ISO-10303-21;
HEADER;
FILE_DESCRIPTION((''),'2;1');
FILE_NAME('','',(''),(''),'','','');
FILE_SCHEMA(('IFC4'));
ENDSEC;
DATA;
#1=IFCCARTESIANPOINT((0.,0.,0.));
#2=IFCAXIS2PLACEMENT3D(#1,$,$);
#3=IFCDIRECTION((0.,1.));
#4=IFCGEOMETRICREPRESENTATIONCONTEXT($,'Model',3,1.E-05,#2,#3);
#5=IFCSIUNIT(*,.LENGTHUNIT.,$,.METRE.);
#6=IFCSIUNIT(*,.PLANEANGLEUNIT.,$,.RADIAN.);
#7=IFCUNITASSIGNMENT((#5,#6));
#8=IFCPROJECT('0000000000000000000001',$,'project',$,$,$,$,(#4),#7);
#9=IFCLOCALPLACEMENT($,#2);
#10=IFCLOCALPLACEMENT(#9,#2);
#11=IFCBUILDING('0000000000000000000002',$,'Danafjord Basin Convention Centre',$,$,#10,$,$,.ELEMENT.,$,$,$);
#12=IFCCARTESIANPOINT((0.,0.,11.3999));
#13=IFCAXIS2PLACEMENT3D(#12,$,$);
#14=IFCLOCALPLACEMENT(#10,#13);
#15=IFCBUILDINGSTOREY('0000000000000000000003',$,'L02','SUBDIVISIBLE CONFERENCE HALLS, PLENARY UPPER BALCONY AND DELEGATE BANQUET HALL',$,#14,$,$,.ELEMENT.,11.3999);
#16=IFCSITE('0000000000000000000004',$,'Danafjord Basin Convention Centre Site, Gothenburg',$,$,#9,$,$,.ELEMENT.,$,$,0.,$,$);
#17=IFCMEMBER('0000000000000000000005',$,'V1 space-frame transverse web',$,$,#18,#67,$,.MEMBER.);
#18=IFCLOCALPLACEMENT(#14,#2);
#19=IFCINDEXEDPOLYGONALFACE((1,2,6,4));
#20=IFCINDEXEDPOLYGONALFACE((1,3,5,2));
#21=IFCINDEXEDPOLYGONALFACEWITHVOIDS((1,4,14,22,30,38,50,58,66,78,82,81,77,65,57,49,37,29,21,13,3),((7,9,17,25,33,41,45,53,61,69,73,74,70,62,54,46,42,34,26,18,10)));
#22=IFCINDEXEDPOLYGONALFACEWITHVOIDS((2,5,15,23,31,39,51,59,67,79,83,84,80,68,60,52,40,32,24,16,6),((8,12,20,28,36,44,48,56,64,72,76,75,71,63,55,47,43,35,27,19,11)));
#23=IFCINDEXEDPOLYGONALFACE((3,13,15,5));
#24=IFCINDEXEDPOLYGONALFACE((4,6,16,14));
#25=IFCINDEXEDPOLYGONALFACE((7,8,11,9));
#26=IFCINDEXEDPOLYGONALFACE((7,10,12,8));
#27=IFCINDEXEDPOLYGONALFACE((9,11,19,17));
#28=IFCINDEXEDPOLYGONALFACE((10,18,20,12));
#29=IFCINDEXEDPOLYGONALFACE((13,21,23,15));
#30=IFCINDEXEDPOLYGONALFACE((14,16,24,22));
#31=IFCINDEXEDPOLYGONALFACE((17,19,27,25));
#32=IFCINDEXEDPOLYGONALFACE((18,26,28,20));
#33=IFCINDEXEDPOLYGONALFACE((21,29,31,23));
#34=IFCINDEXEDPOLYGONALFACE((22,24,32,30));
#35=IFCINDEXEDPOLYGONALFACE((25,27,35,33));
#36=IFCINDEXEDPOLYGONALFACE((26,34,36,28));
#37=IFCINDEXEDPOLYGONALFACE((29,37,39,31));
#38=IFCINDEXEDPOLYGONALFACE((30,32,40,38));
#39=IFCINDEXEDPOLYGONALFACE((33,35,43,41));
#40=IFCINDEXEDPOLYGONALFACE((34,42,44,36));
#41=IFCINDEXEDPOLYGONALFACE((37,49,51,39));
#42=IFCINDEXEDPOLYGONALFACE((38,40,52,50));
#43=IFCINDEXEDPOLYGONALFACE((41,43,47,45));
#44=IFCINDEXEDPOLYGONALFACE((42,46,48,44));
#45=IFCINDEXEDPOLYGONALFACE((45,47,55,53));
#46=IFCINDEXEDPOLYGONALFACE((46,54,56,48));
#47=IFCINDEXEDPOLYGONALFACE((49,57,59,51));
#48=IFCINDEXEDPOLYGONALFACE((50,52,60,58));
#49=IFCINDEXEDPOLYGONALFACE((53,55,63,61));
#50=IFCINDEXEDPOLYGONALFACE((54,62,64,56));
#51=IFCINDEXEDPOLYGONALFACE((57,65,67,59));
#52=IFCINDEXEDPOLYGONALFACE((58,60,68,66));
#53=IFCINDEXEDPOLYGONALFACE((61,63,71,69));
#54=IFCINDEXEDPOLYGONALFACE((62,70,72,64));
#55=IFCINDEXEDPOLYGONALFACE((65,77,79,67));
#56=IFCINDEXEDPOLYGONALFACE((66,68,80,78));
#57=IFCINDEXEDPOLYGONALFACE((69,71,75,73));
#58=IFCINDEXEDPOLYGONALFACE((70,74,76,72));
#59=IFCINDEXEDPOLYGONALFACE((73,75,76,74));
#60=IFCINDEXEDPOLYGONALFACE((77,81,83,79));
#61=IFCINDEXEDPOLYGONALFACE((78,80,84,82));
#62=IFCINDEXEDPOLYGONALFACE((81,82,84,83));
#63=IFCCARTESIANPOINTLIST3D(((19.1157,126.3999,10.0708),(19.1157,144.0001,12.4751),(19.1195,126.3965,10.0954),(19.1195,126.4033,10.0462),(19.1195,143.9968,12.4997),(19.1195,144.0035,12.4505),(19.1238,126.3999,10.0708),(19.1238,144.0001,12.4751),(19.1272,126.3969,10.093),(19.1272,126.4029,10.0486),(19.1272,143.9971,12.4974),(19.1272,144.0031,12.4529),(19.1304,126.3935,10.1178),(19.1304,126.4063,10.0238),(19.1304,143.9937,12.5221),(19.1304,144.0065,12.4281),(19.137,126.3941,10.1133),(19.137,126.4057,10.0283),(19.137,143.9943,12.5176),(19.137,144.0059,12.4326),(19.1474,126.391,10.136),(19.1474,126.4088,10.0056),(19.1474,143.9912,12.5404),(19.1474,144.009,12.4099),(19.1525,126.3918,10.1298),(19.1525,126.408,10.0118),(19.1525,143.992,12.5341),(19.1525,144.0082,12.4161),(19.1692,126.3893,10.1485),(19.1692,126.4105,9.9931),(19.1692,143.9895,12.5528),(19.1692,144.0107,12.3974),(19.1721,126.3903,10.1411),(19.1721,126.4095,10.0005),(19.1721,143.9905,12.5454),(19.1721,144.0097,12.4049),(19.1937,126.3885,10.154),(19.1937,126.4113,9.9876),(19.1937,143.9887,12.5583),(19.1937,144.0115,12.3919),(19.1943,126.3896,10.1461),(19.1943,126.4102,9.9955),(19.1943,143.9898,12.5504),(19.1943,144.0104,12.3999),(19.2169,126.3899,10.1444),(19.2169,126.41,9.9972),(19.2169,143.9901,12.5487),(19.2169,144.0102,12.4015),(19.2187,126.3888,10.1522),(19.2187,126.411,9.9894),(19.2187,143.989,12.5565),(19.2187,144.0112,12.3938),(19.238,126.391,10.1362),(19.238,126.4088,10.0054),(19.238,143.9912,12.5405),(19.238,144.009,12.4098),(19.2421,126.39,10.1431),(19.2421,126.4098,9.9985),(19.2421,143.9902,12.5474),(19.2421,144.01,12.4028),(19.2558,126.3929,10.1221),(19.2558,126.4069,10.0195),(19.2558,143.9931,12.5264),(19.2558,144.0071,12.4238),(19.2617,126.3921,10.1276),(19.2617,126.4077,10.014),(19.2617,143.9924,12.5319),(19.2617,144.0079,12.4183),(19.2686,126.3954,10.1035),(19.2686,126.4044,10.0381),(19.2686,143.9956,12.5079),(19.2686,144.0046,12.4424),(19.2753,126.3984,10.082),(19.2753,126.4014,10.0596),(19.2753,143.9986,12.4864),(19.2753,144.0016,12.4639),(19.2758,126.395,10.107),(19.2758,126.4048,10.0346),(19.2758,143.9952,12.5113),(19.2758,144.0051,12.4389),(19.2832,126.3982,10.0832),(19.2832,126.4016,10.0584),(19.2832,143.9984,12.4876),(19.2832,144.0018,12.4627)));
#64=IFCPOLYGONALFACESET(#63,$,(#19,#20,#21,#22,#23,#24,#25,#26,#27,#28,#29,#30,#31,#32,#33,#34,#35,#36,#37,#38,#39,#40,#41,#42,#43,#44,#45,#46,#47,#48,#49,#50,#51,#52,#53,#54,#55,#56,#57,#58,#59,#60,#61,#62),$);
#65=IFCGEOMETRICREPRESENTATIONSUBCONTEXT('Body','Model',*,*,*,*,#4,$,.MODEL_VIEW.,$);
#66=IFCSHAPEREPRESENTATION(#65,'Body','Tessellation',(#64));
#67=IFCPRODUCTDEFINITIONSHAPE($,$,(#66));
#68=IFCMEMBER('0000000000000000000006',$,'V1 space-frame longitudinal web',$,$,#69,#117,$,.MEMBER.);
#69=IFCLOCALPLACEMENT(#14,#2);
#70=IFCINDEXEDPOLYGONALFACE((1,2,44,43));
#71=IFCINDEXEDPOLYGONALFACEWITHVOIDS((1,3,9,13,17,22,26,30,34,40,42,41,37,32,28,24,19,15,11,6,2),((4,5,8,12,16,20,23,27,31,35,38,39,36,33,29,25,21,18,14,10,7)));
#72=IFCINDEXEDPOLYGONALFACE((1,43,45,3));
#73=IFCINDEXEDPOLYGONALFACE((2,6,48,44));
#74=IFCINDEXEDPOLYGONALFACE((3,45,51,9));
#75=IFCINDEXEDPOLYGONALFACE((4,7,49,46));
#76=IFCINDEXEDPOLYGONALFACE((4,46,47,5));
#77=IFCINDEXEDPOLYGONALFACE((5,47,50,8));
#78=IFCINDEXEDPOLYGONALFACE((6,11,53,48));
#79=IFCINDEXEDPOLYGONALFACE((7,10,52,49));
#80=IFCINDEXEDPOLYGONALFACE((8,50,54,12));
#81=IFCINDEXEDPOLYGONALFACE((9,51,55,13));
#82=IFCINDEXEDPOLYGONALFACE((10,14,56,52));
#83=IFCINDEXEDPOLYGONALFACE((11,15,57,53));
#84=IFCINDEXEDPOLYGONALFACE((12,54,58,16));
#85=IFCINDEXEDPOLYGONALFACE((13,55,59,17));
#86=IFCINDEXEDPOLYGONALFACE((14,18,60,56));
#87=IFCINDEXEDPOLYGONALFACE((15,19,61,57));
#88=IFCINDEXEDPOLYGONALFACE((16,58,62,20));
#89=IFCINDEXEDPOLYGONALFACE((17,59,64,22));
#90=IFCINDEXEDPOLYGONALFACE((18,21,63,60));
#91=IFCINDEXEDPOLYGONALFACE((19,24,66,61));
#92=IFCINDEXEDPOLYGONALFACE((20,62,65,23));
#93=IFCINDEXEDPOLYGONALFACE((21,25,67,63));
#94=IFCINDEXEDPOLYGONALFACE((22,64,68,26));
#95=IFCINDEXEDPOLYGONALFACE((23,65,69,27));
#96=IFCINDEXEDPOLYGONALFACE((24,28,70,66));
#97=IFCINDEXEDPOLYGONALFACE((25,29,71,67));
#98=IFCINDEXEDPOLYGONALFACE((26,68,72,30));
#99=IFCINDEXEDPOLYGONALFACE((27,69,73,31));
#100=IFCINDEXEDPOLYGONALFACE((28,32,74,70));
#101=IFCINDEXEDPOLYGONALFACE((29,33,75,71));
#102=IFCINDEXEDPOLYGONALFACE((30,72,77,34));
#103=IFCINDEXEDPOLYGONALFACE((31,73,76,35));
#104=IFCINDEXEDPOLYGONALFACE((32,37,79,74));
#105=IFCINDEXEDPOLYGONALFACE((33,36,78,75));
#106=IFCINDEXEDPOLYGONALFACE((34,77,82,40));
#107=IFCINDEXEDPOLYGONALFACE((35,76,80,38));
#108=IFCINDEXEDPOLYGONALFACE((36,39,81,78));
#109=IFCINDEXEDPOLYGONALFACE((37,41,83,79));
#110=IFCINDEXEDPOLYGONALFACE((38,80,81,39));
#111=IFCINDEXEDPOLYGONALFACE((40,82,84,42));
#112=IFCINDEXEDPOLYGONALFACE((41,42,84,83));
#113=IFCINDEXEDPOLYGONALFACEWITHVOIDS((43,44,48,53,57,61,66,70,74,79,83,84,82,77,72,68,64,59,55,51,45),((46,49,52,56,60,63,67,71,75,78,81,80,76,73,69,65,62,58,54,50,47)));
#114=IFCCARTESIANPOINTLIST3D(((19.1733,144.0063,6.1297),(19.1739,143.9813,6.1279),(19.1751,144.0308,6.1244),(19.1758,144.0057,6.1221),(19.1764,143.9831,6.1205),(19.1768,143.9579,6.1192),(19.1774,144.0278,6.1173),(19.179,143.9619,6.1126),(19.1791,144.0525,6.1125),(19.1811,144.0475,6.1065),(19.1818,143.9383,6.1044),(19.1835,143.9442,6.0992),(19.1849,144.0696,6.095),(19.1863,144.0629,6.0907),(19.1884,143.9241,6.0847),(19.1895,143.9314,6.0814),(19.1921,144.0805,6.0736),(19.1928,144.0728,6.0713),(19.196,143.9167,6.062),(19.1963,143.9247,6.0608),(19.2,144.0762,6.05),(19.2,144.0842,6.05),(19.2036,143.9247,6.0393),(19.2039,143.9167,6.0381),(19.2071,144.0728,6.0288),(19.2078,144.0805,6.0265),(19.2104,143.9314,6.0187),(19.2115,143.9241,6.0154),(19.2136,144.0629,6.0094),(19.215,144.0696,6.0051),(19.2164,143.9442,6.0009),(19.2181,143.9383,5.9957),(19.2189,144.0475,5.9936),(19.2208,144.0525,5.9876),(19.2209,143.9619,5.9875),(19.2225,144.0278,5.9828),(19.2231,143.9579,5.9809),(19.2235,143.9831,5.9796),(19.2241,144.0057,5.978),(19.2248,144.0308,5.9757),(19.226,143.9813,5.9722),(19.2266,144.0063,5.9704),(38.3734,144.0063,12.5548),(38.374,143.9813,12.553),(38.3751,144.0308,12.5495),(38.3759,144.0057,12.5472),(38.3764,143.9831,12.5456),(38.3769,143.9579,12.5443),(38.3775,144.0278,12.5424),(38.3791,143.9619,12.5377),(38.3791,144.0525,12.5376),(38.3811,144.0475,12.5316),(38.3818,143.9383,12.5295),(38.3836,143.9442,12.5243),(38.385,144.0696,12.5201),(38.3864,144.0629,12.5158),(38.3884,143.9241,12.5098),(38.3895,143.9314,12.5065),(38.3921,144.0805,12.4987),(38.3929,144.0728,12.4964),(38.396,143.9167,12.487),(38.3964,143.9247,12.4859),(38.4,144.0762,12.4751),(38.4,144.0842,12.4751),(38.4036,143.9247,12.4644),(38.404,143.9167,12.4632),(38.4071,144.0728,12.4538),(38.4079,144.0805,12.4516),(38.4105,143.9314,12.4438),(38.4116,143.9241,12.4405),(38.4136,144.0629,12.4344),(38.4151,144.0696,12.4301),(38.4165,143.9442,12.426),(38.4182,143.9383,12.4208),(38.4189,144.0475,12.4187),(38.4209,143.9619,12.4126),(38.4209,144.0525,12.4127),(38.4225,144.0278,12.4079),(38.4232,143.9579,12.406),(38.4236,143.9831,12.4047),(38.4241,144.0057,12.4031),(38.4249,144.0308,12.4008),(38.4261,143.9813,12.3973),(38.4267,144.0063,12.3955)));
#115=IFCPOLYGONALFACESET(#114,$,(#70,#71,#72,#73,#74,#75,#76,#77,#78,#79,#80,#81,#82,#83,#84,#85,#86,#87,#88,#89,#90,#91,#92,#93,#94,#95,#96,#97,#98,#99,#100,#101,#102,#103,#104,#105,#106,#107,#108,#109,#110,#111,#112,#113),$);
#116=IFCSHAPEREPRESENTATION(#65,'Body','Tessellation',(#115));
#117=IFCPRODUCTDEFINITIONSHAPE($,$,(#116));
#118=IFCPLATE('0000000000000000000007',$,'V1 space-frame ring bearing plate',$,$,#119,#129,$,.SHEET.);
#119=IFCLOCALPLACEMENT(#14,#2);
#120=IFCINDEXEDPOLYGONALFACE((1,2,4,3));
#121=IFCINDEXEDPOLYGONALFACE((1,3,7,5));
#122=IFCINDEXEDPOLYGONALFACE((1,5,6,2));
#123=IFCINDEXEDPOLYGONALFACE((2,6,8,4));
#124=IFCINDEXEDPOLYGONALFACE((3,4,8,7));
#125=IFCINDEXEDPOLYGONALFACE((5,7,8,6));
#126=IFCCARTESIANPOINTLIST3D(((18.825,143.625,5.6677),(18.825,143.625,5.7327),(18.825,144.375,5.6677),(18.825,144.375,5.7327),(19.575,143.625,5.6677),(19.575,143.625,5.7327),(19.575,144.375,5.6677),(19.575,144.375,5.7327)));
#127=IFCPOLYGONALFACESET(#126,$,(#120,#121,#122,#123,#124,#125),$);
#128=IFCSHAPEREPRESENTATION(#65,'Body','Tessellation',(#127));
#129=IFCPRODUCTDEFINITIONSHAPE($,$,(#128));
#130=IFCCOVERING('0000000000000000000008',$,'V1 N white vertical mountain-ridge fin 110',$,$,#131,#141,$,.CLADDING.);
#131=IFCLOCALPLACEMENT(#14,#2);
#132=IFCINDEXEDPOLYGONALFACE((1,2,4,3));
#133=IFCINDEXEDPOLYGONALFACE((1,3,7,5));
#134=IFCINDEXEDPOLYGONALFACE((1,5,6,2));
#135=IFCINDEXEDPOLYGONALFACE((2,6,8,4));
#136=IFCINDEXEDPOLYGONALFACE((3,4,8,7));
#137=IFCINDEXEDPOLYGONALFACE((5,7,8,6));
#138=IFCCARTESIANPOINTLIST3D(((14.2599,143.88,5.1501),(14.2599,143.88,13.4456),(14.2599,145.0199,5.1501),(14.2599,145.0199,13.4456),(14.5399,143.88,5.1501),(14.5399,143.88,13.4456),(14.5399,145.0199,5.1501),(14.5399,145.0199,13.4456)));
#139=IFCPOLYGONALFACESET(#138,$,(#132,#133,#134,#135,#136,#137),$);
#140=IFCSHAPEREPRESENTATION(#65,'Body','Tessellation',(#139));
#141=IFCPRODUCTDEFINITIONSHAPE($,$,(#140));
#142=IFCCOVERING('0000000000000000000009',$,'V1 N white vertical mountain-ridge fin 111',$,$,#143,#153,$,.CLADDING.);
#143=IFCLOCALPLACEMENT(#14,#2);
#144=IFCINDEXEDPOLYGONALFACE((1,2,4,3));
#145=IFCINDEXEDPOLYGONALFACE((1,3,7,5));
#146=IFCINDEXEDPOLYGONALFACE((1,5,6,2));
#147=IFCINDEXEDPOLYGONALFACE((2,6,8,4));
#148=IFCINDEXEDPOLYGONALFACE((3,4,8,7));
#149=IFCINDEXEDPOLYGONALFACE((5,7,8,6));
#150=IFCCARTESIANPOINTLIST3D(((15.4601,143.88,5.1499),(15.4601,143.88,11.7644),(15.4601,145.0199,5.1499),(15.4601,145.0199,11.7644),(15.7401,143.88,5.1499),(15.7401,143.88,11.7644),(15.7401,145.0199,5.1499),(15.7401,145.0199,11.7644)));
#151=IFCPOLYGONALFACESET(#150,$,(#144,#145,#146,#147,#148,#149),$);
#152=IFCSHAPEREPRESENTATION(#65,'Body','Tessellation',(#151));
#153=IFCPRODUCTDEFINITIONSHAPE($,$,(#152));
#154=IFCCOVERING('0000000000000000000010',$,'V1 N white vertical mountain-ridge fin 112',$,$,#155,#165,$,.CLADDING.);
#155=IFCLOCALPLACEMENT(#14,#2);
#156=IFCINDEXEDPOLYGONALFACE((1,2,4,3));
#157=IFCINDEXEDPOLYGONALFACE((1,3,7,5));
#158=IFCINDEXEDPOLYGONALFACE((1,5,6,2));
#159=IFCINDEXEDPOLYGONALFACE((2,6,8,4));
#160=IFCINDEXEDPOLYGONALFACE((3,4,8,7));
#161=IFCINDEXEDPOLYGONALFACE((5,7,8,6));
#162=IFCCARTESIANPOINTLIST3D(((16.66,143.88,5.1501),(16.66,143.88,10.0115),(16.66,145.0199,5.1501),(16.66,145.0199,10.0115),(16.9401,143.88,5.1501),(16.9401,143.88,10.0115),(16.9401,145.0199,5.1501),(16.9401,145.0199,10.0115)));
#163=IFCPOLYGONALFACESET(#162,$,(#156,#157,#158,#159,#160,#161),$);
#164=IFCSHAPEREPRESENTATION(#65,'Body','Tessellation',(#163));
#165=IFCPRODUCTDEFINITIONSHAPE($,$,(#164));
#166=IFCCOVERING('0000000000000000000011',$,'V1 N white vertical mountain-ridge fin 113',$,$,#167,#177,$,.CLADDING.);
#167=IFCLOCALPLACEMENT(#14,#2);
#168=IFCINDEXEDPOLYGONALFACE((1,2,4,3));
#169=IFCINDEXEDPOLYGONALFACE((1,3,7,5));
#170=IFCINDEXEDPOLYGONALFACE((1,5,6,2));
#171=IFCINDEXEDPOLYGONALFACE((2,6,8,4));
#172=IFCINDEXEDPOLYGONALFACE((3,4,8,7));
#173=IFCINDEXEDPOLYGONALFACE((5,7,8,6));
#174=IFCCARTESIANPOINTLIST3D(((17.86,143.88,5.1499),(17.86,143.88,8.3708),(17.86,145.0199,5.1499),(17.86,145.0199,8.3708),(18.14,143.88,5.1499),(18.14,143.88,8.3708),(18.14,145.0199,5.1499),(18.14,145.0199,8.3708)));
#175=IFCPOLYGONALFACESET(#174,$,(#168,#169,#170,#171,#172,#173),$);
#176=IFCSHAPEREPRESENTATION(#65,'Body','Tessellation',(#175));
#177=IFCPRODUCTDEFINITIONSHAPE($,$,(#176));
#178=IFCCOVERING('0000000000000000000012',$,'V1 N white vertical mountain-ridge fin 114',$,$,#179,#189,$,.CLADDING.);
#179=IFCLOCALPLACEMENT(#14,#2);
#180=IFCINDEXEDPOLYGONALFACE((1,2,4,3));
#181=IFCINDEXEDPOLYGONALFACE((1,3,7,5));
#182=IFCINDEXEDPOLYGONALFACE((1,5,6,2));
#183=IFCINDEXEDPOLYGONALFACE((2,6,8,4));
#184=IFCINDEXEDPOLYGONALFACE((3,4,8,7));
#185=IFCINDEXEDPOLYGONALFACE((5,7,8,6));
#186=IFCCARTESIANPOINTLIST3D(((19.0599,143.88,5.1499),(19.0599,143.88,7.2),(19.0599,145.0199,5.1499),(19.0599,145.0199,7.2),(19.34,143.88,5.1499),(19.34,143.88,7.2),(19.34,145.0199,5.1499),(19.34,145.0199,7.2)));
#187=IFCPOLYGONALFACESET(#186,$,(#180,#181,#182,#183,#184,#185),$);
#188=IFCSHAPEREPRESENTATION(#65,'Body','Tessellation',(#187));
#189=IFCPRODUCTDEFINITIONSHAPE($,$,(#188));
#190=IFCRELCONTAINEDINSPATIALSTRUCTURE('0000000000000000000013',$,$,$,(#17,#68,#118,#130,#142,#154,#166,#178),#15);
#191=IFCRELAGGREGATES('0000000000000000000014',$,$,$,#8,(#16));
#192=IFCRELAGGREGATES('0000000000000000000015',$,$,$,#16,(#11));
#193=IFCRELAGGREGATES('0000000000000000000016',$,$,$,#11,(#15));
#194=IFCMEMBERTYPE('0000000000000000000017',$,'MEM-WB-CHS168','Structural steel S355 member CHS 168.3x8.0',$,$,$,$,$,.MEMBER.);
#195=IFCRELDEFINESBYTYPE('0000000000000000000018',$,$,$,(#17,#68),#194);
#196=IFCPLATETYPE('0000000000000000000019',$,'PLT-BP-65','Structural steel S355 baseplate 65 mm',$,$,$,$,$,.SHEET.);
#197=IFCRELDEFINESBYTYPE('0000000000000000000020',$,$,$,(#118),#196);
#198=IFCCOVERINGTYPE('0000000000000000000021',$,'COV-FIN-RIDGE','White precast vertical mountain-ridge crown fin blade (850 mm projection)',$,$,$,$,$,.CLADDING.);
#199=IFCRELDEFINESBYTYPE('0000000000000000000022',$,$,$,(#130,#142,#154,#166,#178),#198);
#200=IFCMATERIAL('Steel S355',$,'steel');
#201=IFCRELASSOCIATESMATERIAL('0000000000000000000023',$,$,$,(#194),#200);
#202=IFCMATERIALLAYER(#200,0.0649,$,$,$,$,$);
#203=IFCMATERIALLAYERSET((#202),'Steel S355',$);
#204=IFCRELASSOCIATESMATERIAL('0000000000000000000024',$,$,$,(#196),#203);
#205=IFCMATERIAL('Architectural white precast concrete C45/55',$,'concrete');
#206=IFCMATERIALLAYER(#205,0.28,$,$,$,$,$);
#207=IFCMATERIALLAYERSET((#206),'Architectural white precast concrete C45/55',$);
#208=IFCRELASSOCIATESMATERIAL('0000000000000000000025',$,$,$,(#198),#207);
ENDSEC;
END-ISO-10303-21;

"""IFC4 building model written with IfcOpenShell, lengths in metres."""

from ifc_helpers import new_model, si_unit, direction, frame, origin, origin_2d, place, context, subcontext, project, spatial, rectangle, hollow_circle, extrude, material, layer, layer_set, material_profile, profile_set, type_object, element, save


model = new_model("IFC4")

# Units and contexts
model_context = context("Model", 3, precision=1e-05, world=origin(), true_north=direction((0.0, 1.0)))
body_context = subcontext(model_context, "Body", "Model", "MODEL_VIEW")
ifc_project = project(units=[si_unit("LENGTHUNIT", "METRE"), si_unit("PLANEANGLEUNIT", "RADIAN")], contexts=[model_context])

# Site, building, storey
site_placement = place(None, origin())
site = spatial("IfcSite", under=ifc_project, at=site_placement, Name="Danafjord Basin Convention Centre Site, Gothenburg", CompositionType="ELEMENT", RefElevation=0.0)
building_placement = place(site_placement, origin())
building = spatial("IfcBuilding", under=site, at=building_placement, Name="Danafjord Basin Convention Centre", CompositionType="ELEMENT")
storey_placement = place(building_placement, frame((0.0, 0.0, 11.3999)))
storey = spatial("IfcBuildingStorey", under=building, at=storey_placement, Name="L02", Description="SUBDIVISIBLE CONFERENCE HALLS, PLENARY UPPER BALCONY AND DELEGATE BANQUET HALL", CompositionType="ELEMENT", Elevation=11.3999)

# Shared definitions
ifc_material_1 = material(Name="Steel S355", Category="steel")

# Members
ifc_material_profile_1 = material_profile(ifc_material_1, hollow_circle(Radius=0.0842, WallThickness=0.0081, at=origin_2d()), Name="CHS 168.3x8.0")
ifc_profile_set_1 = profile_set([ifc_material_profile_1], Name="Steel S355")
member_type_1 = type_object("IfcMemberType", Name="MEM-WB-CHS168", Description="Structural steel S355 member CHS 168.3x8.0", PredefinedType="MEMBER", material=ifc_profile_set_1)
member_1_placement = place(storey_placement, frame((19.2, 126.3999, 10.0708), z_axis=(0.0, 0.990798, 0.13535), x_axis=(-1.0, 0.0, 0.0)))
element("IfcMember", 1, at=member_1_placement, inside=storey, type_object=member_type_1, Name="V1 space-frame transverse web", PredefinedType="MEMBER", context=body_context, shape_type="SweptSolid", body=[
    extrude(hollow_circle(Radius=0.0842, WallThickness=0.0081, at=origin_2d()), origin(), (0.0, 0.0, 1.0), 17.7637),
])
member_2_placement = place(storey_placement, frame((19.2, 144.0, 6.05), z_axis=(0.948311, 0.0, 0.317342), x_axis=(0.0, 1.0, 0.0)))
element("IfcMember", 2, at=member_2_placement, inside=storey, type_object=member_type_1, Name="V1 space-frame longitudinal web", PredefinedType="MEMBER", context=body_context, shape_type="SweptSolid", body=[
    extrude(hollow_circle(Radius=0.0842, WallThickness=0.0081, at=origin_2d()), origin(), (0.0, 0.0, 1.0), 20.2466),
])

# Plate
ifc_layer_1 = layer(ifc_material_1, 0.0649)
ifc_layer_set_1 = layer_set([ifc_layer_1], Name="Steel S355")
plate_type = type_object("IfcPlateType", Name="PLT-BP-65", Description="Structural steel S355 baseplate 65 mm", PredefinedType="SHEET", material=ifc_layer_set_1)
plate_placement = place(storey_placement, frame((19.2, 144.0, 5.6677), z_axis=(0.0, 0.0, 1.0), x_axis=(1.0, 0.0, 0.0)))
element("IfcPlate", 3, at=plate_placement, inside=storey, type_object=plate_type, Name="V1 space-frame ring bearing plate", PredefinedType="SHEET", context=body_context, shape_type="SweptSolid", body=[
    extrude(rectangle(XDim=0.75, YDim=0.75, at=origin_2d()), origin(), (0.0, 0.0, 1.0), 0.0649),
])

# Coverings
ifc_material_2 = material(Name="Architectural white precast concrete C45/55", Category="concrete")
ifc_layer_2 = layer(ifc_material_2, 0.28)
ifc_layer_set_2 = layer_set([ifc_layer_2], Name="Architectural white precast concrete C45/55")
covering_type = type_object("IfcCoveringType", Name="COV-FIN-RIDGE", Description="White precast vertical mountain-ridge crown fin blade (850 mm projection)", PredefinedType="CLADDING", material=ifc_layer_set_2)
covering_1_placement = place(storey_placement, frame((14.3999, 144.45, 5.1501), z_axis=(0.0, 0.0, 1.0), x_axis=(0.0, 1.0, 0.0)))
element("IfcCovering", 4, at=covering_1_placement, inside=storey, type_object=covering_type, Name="V1 N white vertical mountain-ridge fin 110", PredefinedType="CLADDING", context=body_context, shape_type="SweptSolid", body=[
    extrude(rectangle(XDim=1.1399, YDim=0.28, at=origin_2d()), origin(), (0.0, 0.0, 1.0), 8.2954),
])
covering_2_placement = place(storey_placement, frame((15.6001, 144.45, 5.1499), z_axis=(0.0, 0.0, 1.0), x_axis=(0.0, 1.0, 0.0)))
element("IfcCovering", 5, at=covering_2_placement, inside=storey, type_object=covering_type, Name="V1 N white vertical mountain-ridge fin 111", PredefinedType="CLADDING", context=body_context, shape_type="SweptSolid", body=[
    extrude(rectangle(XDim=1.1399, YDim=0.28, at=origin_2d()), origin(), (0.0, 0.0, 1.0), 6.6145),
])
covering_3_placement = place(storey_placement, frame((16.8, 144.45, 5.1501), z_axis=(0.0, 0.0, 1.0), x_axis=(0.0, 1.0, 0.0)))
element("IfcCovering", 6, at=covering_3_placement, inside=storey, type_object=covering_type, Name="V1 N white vertical mountain-ridge fin 112", PredefinedType="CLADDING", context=body_context, shape_type="SweptSolid", body=[
    extrude(rectangle(XDim=1.1399, YDim=0.28, at=origin_2d()), origin(), (0.0, 0.0, 1.0), 4.8613),
])
covering_4_placement = place(storey_placement, frame((18.0, 144.45, 5.1499), z_axis=(0.0, 0.0, 1.0), x_axis=(0.0, 1.0, 0.0)))
element("IfcCovering", 7, at=covering_4_placement, inside=storey, type_object=covering_type, Name="V1 N white vertical mountain-ridge fin 113", PredefinedType="CLADDING", context=body_context, shape_type="SweptSolid", body=[
    extrude(rectangle(XDim=1.1399, YDim=0.28, at=origin_2d()), origin(), (0.0, 0.0, 1.0), 3.2209),
])
covering_5_placement = place(storey_placement, frame((19.2, 144.45, 5.1499), z_axis=(0.0, 0.0, 1.0), x_axis=(0.0, 1.0, 0.0)))
element("IfcCovering", 8, at=covering_5_placement, inside=storey, type_object=covering_type, Name="V1 N white vertical mountain-ridge fin 114", PredefinedType="CLADDING", context=body_context, shape_type="SweptSolid", body=[
    extrude(rectangle(XDim=1.1399, YDim=0.28, at=origin_2d()), origin(), (0.0, 0.0, 1.0), 2.05),
])

save(model, "model.ifc")
